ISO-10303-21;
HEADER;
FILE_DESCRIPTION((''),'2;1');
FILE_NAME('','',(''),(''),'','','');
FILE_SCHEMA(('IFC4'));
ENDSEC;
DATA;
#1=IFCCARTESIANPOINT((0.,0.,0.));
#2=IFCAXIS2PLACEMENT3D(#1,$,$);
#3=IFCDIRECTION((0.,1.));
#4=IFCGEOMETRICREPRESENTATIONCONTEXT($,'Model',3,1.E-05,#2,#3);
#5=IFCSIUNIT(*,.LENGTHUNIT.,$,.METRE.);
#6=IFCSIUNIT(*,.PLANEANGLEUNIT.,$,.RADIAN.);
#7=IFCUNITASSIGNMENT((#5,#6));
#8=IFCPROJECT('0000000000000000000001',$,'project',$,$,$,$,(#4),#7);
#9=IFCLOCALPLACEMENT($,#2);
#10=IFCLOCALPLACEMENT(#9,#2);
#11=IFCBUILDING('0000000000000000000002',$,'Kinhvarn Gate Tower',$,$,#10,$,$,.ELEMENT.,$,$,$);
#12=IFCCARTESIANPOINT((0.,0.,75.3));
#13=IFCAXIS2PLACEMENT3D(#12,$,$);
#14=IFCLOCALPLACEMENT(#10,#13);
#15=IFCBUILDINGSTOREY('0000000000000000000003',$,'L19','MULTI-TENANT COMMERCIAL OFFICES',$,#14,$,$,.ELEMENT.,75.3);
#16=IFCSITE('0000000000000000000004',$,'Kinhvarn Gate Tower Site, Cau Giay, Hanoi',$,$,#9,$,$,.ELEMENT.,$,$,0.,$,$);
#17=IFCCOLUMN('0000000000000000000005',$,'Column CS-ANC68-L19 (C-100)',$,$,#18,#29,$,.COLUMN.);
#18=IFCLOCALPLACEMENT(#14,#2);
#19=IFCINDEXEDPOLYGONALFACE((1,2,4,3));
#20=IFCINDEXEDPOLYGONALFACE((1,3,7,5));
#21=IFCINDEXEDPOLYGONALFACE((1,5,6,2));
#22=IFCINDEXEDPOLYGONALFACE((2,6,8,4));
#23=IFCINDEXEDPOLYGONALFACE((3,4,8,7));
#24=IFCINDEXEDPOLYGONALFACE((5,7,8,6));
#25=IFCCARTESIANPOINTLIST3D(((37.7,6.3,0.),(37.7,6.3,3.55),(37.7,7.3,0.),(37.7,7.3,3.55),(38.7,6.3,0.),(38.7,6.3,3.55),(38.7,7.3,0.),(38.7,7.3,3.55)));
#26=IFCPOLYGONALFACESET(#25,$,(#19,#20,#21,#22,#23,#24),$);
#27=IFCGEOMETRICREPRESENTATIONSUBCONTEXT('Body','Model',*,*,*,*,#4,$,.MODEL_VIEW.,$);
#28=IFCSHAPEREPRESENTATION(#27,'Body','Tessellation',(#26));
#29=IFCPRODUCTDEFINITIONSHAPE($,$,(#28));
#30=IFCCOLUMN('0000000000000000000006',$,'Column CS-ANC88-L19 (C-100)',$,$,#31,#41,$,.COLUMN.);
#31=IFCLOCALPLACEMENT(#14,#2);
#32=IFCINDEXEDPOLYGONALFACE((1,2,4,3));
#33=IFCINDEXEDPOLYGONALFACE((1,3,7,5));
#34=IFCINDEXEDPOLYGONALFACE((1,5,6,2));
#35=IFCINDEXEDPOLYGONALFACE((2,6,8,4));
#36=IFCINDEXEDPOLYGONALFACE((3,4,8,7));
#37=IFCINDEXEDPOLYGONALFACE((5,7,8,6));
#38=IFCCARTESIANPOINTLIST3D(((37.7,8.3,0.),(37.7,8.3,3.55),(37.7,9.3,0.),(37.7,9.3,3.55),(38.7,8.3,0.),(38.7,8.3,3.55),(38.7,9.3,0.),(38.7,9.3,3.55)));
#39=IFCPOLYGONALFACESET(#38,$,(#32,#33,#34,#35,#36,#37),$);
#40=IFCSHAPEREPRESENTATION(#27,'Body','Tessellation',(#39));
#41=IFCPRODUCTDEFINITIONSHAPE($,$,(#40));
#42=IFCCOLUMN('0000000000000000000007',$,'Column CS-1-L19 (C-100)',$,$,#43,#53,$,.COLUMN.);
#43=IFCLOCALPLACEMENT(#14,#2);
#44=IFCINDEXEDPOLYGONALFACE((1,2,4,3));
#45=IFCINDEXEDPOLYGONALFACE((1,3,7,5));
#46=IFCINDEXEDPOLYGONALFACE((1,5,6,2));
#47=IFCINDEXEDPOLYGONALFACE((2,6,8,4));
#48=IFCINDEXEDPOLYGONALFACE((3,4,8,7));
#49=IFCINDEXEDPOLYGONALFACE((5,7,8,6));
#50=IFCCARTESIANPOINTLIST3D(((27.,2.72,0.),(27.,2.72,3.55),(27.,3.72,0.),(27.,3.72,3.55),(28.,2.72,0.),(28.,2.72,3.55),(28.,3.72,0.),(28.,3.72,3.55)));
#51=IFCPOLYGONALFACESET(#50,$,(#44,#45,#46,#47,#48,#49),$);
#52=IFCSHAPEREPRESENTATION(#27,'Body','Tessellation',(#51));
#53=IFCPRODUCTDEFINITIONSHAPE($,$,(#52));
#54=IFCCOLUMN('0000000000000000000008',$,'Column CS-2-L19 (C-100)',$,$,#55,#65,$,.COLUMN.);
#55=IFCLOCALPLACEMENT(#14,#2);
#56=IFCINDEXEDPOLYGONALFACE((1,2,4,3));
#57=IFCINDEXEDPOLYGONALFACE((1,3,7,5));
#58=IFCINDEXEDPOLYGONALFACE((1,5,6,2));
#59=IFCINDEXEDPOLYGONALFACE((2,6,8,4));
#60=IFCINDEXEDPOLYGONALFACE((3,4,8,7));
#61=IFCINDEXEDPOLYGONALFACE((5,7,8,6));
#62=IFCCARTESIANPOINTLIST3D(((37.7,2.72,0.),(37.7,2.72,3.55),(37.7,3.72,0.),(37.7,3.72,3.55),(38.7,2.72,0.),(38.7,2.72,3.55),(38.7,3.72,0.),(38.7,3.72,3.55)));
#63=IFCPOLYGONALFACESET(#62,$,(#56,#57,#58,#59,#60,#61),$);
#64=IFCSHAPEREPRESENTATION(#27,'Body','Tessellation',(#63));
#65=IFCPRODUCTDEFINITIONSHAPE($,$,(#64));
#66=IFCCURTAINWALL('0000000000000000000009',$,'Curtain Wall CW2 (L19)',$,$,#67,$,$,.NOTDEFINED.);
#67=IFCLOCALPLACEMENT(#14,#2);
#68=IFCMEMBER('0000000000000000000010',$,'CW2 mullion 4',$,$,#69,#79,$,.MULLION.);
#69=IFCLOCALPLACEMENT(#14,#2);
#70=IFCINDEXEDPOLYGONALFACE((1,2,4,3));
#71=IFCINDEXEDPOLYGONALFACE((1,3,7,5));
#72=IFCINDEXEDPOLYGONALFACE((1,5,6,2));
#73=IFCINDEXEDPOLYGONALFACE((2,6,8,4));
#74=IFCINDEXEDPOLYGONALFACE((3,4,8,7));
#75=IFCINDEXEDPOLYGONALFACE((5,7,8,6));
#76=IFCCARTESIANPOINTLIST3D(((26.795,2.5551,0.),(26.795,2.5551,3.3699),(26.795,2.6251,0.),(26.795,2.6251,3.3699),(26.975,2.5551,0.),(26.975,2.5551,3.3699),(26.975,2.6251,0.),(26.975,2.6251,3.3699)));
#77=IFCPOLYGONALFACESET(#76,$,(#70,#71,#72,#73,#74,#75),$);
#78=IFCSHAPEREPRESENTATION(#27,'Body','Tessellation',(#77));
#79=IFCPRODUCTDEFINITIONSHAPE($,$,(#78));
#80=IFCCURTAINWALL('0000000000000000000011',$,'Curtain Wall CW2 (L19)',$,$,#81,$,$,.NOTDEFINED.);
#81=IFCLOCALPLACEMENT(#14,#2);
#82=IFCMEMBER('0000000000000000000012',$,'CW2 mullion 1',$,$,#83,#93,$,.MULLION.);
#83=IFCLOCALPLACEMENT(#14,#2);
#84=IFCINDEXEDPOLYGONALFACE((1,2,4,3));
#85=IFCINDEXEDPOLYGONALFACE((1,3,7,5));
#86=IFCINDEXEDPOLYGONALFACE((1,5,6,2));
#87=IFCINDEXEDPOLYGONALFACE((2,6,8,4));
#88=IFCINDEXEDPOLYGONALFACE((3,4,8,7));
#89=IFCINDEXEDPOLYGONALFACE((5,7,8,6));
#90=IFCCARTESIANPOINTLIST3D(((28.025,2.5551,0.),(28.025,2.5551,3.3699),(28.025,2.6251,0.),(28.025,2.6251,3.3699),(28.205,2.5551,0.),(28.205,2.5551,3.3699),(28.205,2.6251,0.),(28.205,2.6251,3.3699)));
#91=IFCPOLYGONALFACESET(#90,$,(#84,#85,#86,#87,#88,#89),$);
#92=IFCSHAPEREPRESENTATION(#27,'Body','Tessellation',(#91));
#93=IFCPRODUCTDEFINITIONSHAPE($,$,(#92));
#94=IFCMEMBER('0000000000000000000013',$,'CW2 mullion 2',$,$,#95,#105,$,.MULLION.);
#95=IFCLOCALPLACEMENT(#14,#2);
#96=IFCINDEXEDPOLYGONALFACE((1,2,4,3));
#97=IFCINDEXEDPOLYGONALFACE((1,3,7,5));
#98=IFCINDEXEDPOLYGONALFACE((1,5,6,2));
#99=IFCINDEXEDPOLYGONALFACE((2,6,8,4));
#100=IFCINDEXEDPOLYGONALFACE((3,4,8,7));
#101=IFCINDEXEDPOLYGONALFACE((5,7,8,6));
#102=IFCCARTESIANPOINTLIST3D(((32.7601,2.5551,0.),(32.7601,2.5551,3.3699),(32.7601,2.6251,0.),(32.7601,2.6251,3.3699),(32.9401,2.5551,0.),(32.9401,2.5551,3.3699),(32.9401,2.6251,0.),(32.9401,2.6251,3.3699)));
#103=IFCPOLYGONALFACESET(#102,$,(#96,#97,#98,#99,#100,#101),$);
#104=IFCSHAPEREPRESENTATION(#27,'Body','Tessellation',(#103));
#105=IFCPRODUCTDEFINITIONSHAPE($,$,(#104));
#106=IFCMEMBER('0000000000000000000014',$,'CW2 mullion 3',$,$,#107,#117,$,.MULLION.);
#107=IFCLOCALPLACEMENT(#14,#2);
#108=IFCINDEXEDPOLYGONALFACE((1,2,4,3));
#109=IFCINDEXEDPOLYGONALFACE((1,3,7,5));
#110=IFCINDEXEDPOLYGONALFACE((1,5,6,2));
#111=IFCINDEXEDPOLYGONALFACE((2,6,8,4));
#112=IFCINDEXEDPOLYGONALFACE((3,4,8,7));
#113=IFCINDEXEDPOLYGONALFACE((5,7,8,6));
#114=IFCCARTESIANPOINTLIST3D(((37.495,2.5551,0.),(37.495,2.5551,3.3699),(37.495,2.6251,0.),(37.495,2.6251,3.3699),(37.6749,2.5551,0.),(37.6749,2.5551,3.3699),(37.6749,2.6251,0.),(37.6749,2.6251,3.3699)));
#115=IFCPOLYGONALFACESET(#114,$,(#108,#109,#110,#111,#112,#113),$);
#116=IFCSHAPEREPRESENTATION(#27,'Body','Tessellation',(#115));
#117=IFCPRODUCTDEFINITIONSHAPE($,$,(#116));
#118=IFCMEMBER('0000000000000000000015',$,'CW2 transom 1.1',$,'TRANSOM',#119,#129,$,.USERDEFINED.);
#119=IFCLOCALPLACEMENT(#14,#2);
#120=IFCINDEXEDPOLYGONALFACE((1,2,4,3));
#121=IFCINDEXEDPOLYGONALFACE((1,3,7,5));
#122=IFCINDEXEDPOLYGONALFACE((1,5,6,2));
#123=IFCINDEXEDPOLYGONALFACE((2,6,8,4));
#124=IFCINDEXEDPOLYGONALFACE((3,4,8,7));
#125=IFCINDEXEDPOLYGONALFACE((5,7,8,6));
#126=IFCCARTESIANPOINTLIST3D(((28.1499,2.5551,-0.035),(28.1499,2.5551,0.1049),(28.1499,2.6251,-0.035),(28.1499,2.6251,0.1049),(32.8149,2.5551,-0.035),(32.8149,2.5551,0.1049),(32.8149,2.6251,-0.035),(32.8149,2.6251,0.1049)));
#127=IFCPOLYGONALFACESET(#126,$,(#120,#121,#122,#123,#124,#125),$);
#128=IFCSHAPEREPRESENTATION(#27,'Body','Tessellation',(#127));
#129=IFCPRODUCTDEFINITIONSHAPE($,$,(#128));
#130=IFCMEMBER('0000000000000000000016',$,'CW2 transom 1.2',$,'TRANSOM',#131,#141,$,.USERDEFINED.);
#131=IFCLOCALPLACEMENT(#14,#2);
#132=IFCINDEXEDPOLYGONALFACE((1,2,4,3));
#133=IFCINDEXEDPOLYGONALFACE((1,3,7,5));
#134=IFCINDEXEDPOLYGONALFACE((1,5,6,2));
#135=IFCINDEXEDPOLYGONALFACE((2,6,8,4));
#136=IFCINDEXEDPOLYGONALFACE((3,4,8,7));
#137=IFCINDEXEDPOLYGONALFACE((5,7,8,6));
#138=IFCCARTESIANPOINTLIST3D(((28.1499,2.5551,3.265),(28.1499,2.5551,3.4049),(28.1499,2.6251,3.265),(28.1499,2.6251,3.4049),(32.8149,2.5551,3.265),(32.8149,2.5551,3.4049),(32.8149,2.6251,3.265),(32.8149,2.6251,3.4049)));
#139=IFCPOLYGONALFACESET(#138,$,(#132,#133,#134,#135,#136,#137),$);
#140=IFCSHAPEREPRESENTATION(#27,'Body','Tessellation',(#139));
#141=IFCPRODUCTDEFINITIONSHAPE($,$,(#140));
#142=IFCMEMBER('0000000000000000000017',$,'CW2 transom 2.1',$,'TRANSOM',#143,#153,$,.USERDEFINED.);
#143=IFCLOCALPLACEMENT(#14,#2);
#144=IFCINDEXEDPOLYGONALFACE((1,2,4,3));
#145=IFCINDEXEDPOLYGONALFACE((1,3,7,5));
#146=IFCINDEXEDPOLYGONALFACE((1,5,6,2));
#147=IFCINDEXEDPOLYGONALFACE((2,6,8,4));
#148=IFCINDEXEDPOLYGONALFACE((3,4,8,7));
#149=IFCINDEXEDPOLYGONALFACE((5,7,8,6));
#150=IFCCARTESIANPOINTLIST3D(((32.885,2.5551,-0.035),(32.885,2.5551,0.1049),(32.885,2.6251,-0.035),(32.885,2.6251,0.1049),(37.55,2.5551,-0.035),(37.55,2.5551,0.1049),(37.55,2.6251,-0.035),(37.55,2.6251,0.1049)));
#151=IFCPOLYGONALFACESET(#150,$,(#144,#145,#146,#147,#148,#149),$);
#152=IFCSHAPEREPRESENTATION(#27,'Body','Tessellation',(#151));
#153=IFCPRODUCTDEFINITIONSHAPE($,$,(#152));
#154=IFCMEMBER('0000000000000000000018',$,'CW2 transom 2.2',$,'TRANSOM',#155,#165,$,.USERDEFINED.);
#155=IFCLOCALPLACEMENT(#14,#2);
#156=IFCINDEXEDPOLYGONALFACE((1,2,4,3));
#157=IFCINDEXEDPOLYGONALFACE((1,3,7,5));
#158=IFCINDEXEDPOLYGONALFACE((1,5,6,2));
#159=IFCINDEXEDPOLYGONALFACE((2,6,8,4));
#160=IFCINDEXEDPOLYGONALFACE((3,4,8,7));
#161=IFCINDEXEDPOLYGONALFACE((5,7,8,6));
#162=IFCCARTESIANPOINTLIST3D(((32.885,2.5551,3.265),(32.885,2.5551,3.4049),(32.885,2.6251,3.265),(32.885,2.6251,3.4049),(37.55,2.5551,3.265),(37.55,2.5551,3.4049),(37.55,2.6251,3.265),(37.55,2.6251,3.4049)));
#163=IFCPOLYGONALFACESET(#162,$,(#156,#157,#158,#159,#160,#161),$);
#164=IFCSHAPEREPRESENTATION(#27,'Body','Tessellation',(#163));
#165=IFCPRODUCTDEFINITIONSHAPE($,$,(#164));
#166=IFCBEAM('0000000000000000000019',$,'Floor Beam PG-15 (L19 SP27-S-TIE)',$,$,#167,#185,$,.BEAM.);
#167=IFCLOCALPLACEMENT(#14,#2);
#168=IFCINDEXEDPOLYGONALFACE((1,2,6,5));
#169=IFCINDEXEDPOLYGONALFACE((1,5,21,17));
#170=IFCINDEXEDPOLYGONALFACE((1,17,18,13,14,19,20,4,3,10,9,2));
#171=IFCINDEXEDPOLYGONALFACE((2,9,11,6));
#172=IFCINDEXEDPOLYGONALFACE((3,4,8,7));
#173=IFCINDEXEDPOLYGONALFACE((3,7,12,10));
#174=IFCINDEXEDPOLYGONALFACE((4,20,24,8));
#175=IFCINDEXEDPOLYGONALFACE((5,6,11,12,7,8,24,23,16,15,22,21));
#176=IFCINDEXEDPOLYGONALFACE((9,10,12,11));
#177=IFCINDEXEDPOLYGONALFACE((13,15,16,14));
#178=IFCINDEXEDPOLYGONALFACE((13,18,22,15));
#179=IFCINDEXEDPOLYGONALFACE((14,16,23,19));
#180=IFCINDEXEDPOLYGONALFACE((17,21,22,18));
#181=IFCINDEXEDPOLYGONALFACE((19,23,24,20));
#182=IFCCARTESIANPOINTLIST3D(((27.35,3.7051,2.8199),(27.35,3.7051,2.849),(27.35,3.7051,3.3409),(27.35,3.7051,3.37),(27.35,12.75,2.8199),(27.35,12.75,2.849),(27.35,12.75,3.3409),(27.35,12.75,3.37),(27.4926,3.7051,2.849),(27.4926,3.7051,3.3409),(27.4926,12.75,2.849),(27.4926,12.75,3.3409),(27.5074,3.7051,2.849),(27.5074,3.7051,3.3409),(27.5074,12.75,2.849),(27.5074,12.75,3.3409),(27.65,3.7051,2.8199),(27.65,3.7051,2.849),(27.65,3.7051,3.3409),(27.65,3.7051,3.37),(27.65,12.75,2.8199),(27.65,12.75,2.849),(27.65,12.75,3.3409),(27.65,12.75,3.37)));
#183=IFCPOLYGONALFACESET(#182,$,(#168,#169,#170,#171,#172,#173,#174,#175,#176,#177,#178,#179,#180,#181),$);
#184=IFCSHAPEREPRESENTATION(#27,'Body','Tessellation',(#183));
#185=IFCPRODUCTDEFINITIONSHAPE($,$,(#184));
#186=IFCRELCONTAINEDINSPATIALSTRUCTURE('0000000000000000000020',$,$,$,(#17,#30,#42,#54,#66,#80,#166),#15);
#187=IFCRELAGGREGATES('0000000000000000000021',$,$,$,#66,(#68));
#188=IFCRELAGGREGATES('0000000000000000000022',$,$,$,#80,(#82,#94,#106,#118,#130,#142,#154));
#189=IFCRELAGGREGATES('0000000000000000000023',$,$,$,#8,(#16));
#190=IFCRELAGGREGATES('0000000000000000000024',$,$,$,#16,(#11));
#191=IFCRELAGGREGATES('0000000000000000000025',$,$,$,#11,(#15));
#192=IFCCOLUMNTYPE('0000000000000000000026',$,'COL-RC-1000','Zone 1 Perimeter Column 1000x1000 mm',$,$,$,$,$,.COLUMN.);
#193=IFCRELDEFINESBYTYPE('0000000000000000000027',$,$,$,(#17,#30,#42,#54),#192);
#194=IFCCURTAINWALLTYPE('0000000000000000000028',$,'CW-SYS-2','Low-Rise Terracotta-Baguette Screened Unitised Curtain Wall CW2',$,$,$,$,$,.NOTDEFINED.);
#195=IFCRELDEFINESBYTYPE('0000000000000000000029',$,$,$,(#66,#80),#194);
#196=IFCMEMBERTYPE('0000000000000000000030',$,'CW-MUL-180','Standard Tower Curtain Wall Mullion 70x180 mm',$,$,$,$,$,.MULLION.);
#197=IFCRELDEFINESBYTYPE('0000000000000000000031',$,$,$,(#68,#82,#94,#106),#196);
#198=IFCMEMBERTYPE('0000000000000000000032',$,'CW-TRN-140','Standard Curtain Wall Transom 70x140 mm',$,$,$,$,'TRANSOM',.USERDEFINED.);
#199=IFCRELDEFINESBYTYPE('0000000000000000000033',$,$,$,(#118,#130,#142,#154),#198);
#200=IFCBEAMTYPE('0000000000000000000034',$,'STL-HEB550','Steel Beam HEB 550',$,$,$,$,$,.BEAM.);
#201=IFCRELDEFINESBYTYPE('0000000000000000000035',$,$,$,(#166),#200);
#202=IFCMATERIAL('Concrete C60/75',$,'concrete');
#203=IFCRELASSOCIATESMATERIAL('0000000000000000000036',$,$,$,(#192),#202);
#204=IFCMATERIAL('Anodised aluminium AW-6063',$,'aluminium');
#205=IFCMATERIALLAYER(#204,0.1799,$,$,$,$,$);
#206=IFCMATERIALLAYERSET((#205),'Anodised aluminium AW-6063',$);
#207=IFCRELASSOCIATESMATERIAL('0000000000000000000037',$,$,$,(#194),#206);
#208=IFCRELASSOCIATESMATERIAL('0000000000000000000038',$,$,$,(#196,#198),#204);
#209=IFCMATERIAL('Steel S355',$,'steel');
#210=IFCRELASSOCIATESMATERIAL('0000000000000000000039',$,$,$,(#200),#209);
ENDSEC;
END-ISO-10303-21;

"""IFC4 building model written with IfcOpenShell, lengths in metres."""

from ifc_helpers import new_model, si_unit, direction, frame, origin, origin_2d, place, context, subcontext, project, spatial, rectangle, i_section, extrude, material, layer, layer_set, material_profile, profile_set, type_object, element, aggregate, save


model = new_model("IFC4")

# Units and contexts
model_context = context("Model", 3, precision=1e-05, world=origin(), true_north=direction((0.0, 1.0)))
body_context = subcontext(model_context, "Body", "Model", "MODEL_VIEW")
ifc_project = project(units=[si_unit("LENGTHUNIT", "METRE"), si_unit("PLANEANGLEUNIT", "RADIAN")], contexts=[model_context])

# Site, building, storey
site_placement = place(None, origin())
site = spatial("IfcSite", under=ifc_project, at=site_placement, Name="Kinhvarn Gate Tower Site, Cau Giay, Hanoi", CompositionType="ELEMENT", RefElevation=0.0)
building_placement = place(site_placement, origin())
building = spatial("IfcBuilding", under=site, at=building_placement, Name="Kinhvarn Gate Tower", CompositionType="ELEMENT")
storey_placement = place(building_placement, frame((0.0, 0.0, 75.3)))
storey = spatial("IfcBuildingStorey", under=building, at=storey_placement, Name="L19", Description="MULTI-TENANT COMMERCIAL OFFICES", CompositionType="ELEMENT", Elevation=75.3)

# Columns
ifc_material_1 = material(Name="Concrete C60/75", Category="concrete")
ifc_material_profile_1 = material_profile(ifc_material_1, rectangle(XDim=1.0, YDim=1.0, at=origin_2d()), Name="RC 1000x1000")
ifc_profile_set_1 = profile_set([ifc_material_profile_1], Name="Concrete C60/75")
column_type = type_object("IfcColumnType", Name="COL-RC-1000", Description="Zone 1 Perimeter Column 1000x1000 mm", PredefinedType="COLUMN", material=ifc_profile_set_1)
for number, where, z_axis, x_axis, name in (
    (1, (38.2, 6.8, 0.0), (0.0, 0.0, 1.0), (1.0, 0.0, 0.0), "Column CS-ANC68-L19 (C-100)"),
    (2, (38.2, 8.8, 0.0), (0.0, 0.0, 1.0), (1.0, 0.0, 0.0), "Column CS-ANC88-L19 (C-100)"),
    (3, (27.5, 3.22, 0.0), (0.0, 0.0, 1.0), (1.0, 0.0, 0.0), "Column CS-1-L19 (C-100)"),
    (4, (38.2, 3.22, 0.0), (0.0, 0.0, 1.0), (1.0, 0.0, 0.0), "Column CS-2-L19 (C-100)"),
):
    element("IfcColumn", number, at=place(storey_placement, frame(where, z_axis=z_axis, x_axis=x_axis)), inside=storey, type_object=column_type, Name=name, PredefinedType="COLUMN", context=body_context, shape_type="SweptSolid", body=[
        extrude(rectangle(XDim=1.0, YDim=1.0, at=origin_2d()), origin(), (0.0, 0.0, 1.0), 3.55),
    ])

# Curtain wall, member
ifc_material_2 = material(Name="Anodised aluminium AW-6063", Category="aluminium")
ifc_layer_1 = layer(ifc_material_2, 0.1799)
ifc_layer_set_1 = layer_set([ifc_layer_1], Name="Anodised aluminium AW-6063")
curtain_wall_type = type_object("IfcCurtainWallType", Name="CW-SYS-2", Description="Low-Rise Terracotta-Baguette Screened Unitised Curtain Wall CW2", PredefinedType="NOTDEFINED", material=ifc_layer_set_1)
curtain_wall_1_placement = place(storey_placement, origin())
curtain_wall_1 = element("IfcCurtainWall", 5, at=curtain_wall_1_placement, inside=storey, type_object=curtain_wall_type, Name="Curtain Wall CW2 (L19)", PredefinedType="NOTDEFINED")
ifc_material_profile_2 = material_profile(ifc_material_2, rectangle(XDim=0.0701, YDim=0.1799, at=origin_2d()), Name="ALU 70x180")
ifc_profile_set_2 = profile_set([ifc_material_profile_2], Name="Anodised aluminium AW-6063")
member_type_1 = type_object("IfcMemberType", Name="CW-MUL-180", Description="Standard Tower Curtain Wall Mullion 70x180 mm", PredefinedType="MULLION", material=ifc_profile_set_2)
member_1_placement = place(storey_placement, frame((26.885, 2.5901, 0.0), z_axis=(0.0, 0.0, 1.0), x_axis=(0.0, 1.0, 0.0)))
member_1 = element("IfcMember", 6, at=member_1_placement, type_object=member_type_1, Name="CW2 mullion 4", PredefinedType="MULLION", context=body_context, shape_type="SweptSolid", body=[
    extrude(rectangle(XDim=0.0701, YDim=0.1799, at=origin_2d()), origin(), (0.0, 0.0, 1.0), 3.3699),
])
aggregate(curtain_wall_1, [member_1])

# Curtain wall, members
curtain_wall_2_placement = place(storey_placement, origin())
curtain_wall_2 = element("IfcCurtainWall", 7, at=curtain_wall_2_placement, inside=storey, type_object=curtain_wall_type, Name="Curtain Wall CW2 (L19)", PredefinedType="NOTDEFINED")
member_2_placement = place(storey_placement, frame((28.115, 2.5901, 0.0), z_axis=(0.0, 0.0, 1.0), x_axis=(0.0, 1.0, 0.0)))
member_2 = element("IfcMember", 8, at=member_2_placement, type_object=member_type_1, Name="CW2 mullion 1", PredefinedType="MULLION", context=body_context, shape_type="SweptSolid", body=[
    extrude(rectangle(XDim=0.0701, YDim=0.1799, at=origin_2d()), origin(), (0.0, 0.0, 1.0), 3.3699),
])
member_3_placement = place(storey_placement, frame((32.8501, 2.5901, 0.0), z_axis=(0.0, 0.0, 1.0), x_axis=(0.0, 1.0, 0.0)))
member_3 = element("IfcMember", 9, at=member_3_placement, type_object=member_type_1, Name="CW2 mullion 2", PredefinedType="MULLION", context=body_context, shape_type="SweptSolid", body=[
    extrude(rectangle(XDim=0.0701, YDim=0.1799, at=origin_2d()), origin(), (0.0, 0.0, 1.0), 3.3699),
])
member_4_placement = place(storey_placement, frame((37.585, 2.5901, 0.0), z_axis=(0.0, 0.0, 1.0), x_axis=(0.0, 1.0, 0.0)))
member_4 = element("IfcMember", 10, at=member_4_placement, type_object=member_type_1, Name="CW2 mullion 3", PredefinedType="MULLION", context=body_context, shape_type="SweptSolid", body=[
    extrude(rectangle(XDim=0.0701, YDim=0.1799, at=origin_2d()), origin(), (0.0, 0.0, 1.0), 3.3699),
])
ifc_material_profile_3 = material_profile(ifc_material_2, rectangle(XDim=0.0701, YDim=0.1399, at=origin_2d()), Name="ALU 70x140")
ifc_profile_set_3 = profile_set([ifc_material_profile_3], Name="Anodised aluminium AW-6063")
member_type_2 = type_object("IfcMemberType", Name="CW-TRN-140", Description="Standard Curtain Wall Transom 70x140 mm", ElementType="TRANSOM", PredefinedType="USERDEFINED", material=ifc_profile_set_3)
member_5_placement = place(storey_placement, frame((28.1499, 2.5901, 0.0349), z_axis=(1.0, 0.0, 0.0), x_axis=(0.0, 1.0, 0.0)))
member_5 = element("IfcMember", 11, at=member_5_placement, type_object=member_type_2, Name="CW2 transom 1.1", ObjectType="TRANSOM", PredefinedType="USERDEFINED", context=body_context, shape_type="SweptSolid", body=[
    extrude(rectangle(XDim=0.0701, YDim=0.1399, at=origin_2d()), origin(), (0.0, 0.0, 1.0), 4.665),
])
member_6_placement = place(storey_placement, frame((28.1499, 2.5901, 3.335), z_axis=(1.0, 0.0, 0.0), x_axis=(0.0, 1.0, 0.0)))
member_6 = element("IfcMember", 12, at=member_6_placement, type_object=member_type_2, Name="CW2 transom 1.2", ObjectType="TRANSOM", PredefinedType="USERDEFINED", context=body_context, shape_type="SweptSolid", body=[
    extrude(rectangle(XDim=0.0701, YDim=0.1399, at=origin_2d()), origin(), (0.0, 0.0, 1.0), 4.665),
])
member_7_placement = place(storey_placement, frame((32.885, 2.5901, 0.0349), z_axis=(1.0, 0.0, 0.0), x_axis=(0.0, 1.0, 0.0)))
member_7 = element("IfcMember", 13, at=member_7_placement, type_object=member_type_2, Name="CW2 transom 2.1", ObjectType="TRANSOM", PredefinedType="USERDEFINED", context=body_context, shape_type="SweptSolid", body=[
    extrude(rectangle(XDim=0.0701, YDim=0.1399, at=origin_2d()), origin(), (0.0, 0.0, 1.0), 4.665),
])
member_8_placement = place(storey_placement, frame((32.885, 2.5901, 3.335), z_axis=(1.0, 0.0, 0.0), x_axis=(0.0, 1.0, 0.0)))
member_8 = element("IfcMember", 14, at=member_8_placement, type_object=member_type_2, Name="CW2 transom 2.2", ObjectType="TRANSOM", PredefinedType="USERDEFINED", context=body_context, shape_type="SweptSolid", body=[
    extrude(rectangle(XDim=0.0701, YDim=0.1399, at=origin_2d()), origin(), (0.0, 0.0, 1.0), 4.665),
])

# Beam
ifc_material_3 = material(Name="Steel S355", Category="steel")
ifc_material_profile_4 = material_profile(ifc_material_3, i_section(OverallWidth=0.3, OverallDepth=0.55, WebThickness=0.0149, FlangeThickness=0.0291, at=origin_2d()), Name="HEB 550")
ifc_profile_set_4 = profile_set([ifc_material_profile_4], Name="Steel S355")
beam_type_1 = type_object("IfcBeamType", Name="STL-HEB550", Description="Steel Beam HEB 550", PredefinedType="BEAM", material=ifc_profile_set_4)
beam_1_placement = place(storey_placement, frame((27.5, 3.7051, 3.095), z_axis=(0.0, 1.0, 0.0), x_axis=(-1.0, 0.0, 0.0)))
element("IfcBeam", 15, at=beam_1_placement, inside=storey, type_object=beam_type_1, Name="Floor Beam PG-15 (L19 SP27-S-TIE)", PredefinedType="BEAM", context=body_context, shape_type="SweptSolid", body=[
    extrude(i_section(OverallWidth=0.3, OverallDepth=0.55, WebThickness=0.0149, FlangeThickness=0.0291, at=origin_2d()), origin(), (0.0, 0.0, 1.0), 9.0449),
])

aggregate(curtain_wall_2, [member_2, member_3, member_4, member_5, member_6, member_7, member_8])

save(model, "model.ifc")
